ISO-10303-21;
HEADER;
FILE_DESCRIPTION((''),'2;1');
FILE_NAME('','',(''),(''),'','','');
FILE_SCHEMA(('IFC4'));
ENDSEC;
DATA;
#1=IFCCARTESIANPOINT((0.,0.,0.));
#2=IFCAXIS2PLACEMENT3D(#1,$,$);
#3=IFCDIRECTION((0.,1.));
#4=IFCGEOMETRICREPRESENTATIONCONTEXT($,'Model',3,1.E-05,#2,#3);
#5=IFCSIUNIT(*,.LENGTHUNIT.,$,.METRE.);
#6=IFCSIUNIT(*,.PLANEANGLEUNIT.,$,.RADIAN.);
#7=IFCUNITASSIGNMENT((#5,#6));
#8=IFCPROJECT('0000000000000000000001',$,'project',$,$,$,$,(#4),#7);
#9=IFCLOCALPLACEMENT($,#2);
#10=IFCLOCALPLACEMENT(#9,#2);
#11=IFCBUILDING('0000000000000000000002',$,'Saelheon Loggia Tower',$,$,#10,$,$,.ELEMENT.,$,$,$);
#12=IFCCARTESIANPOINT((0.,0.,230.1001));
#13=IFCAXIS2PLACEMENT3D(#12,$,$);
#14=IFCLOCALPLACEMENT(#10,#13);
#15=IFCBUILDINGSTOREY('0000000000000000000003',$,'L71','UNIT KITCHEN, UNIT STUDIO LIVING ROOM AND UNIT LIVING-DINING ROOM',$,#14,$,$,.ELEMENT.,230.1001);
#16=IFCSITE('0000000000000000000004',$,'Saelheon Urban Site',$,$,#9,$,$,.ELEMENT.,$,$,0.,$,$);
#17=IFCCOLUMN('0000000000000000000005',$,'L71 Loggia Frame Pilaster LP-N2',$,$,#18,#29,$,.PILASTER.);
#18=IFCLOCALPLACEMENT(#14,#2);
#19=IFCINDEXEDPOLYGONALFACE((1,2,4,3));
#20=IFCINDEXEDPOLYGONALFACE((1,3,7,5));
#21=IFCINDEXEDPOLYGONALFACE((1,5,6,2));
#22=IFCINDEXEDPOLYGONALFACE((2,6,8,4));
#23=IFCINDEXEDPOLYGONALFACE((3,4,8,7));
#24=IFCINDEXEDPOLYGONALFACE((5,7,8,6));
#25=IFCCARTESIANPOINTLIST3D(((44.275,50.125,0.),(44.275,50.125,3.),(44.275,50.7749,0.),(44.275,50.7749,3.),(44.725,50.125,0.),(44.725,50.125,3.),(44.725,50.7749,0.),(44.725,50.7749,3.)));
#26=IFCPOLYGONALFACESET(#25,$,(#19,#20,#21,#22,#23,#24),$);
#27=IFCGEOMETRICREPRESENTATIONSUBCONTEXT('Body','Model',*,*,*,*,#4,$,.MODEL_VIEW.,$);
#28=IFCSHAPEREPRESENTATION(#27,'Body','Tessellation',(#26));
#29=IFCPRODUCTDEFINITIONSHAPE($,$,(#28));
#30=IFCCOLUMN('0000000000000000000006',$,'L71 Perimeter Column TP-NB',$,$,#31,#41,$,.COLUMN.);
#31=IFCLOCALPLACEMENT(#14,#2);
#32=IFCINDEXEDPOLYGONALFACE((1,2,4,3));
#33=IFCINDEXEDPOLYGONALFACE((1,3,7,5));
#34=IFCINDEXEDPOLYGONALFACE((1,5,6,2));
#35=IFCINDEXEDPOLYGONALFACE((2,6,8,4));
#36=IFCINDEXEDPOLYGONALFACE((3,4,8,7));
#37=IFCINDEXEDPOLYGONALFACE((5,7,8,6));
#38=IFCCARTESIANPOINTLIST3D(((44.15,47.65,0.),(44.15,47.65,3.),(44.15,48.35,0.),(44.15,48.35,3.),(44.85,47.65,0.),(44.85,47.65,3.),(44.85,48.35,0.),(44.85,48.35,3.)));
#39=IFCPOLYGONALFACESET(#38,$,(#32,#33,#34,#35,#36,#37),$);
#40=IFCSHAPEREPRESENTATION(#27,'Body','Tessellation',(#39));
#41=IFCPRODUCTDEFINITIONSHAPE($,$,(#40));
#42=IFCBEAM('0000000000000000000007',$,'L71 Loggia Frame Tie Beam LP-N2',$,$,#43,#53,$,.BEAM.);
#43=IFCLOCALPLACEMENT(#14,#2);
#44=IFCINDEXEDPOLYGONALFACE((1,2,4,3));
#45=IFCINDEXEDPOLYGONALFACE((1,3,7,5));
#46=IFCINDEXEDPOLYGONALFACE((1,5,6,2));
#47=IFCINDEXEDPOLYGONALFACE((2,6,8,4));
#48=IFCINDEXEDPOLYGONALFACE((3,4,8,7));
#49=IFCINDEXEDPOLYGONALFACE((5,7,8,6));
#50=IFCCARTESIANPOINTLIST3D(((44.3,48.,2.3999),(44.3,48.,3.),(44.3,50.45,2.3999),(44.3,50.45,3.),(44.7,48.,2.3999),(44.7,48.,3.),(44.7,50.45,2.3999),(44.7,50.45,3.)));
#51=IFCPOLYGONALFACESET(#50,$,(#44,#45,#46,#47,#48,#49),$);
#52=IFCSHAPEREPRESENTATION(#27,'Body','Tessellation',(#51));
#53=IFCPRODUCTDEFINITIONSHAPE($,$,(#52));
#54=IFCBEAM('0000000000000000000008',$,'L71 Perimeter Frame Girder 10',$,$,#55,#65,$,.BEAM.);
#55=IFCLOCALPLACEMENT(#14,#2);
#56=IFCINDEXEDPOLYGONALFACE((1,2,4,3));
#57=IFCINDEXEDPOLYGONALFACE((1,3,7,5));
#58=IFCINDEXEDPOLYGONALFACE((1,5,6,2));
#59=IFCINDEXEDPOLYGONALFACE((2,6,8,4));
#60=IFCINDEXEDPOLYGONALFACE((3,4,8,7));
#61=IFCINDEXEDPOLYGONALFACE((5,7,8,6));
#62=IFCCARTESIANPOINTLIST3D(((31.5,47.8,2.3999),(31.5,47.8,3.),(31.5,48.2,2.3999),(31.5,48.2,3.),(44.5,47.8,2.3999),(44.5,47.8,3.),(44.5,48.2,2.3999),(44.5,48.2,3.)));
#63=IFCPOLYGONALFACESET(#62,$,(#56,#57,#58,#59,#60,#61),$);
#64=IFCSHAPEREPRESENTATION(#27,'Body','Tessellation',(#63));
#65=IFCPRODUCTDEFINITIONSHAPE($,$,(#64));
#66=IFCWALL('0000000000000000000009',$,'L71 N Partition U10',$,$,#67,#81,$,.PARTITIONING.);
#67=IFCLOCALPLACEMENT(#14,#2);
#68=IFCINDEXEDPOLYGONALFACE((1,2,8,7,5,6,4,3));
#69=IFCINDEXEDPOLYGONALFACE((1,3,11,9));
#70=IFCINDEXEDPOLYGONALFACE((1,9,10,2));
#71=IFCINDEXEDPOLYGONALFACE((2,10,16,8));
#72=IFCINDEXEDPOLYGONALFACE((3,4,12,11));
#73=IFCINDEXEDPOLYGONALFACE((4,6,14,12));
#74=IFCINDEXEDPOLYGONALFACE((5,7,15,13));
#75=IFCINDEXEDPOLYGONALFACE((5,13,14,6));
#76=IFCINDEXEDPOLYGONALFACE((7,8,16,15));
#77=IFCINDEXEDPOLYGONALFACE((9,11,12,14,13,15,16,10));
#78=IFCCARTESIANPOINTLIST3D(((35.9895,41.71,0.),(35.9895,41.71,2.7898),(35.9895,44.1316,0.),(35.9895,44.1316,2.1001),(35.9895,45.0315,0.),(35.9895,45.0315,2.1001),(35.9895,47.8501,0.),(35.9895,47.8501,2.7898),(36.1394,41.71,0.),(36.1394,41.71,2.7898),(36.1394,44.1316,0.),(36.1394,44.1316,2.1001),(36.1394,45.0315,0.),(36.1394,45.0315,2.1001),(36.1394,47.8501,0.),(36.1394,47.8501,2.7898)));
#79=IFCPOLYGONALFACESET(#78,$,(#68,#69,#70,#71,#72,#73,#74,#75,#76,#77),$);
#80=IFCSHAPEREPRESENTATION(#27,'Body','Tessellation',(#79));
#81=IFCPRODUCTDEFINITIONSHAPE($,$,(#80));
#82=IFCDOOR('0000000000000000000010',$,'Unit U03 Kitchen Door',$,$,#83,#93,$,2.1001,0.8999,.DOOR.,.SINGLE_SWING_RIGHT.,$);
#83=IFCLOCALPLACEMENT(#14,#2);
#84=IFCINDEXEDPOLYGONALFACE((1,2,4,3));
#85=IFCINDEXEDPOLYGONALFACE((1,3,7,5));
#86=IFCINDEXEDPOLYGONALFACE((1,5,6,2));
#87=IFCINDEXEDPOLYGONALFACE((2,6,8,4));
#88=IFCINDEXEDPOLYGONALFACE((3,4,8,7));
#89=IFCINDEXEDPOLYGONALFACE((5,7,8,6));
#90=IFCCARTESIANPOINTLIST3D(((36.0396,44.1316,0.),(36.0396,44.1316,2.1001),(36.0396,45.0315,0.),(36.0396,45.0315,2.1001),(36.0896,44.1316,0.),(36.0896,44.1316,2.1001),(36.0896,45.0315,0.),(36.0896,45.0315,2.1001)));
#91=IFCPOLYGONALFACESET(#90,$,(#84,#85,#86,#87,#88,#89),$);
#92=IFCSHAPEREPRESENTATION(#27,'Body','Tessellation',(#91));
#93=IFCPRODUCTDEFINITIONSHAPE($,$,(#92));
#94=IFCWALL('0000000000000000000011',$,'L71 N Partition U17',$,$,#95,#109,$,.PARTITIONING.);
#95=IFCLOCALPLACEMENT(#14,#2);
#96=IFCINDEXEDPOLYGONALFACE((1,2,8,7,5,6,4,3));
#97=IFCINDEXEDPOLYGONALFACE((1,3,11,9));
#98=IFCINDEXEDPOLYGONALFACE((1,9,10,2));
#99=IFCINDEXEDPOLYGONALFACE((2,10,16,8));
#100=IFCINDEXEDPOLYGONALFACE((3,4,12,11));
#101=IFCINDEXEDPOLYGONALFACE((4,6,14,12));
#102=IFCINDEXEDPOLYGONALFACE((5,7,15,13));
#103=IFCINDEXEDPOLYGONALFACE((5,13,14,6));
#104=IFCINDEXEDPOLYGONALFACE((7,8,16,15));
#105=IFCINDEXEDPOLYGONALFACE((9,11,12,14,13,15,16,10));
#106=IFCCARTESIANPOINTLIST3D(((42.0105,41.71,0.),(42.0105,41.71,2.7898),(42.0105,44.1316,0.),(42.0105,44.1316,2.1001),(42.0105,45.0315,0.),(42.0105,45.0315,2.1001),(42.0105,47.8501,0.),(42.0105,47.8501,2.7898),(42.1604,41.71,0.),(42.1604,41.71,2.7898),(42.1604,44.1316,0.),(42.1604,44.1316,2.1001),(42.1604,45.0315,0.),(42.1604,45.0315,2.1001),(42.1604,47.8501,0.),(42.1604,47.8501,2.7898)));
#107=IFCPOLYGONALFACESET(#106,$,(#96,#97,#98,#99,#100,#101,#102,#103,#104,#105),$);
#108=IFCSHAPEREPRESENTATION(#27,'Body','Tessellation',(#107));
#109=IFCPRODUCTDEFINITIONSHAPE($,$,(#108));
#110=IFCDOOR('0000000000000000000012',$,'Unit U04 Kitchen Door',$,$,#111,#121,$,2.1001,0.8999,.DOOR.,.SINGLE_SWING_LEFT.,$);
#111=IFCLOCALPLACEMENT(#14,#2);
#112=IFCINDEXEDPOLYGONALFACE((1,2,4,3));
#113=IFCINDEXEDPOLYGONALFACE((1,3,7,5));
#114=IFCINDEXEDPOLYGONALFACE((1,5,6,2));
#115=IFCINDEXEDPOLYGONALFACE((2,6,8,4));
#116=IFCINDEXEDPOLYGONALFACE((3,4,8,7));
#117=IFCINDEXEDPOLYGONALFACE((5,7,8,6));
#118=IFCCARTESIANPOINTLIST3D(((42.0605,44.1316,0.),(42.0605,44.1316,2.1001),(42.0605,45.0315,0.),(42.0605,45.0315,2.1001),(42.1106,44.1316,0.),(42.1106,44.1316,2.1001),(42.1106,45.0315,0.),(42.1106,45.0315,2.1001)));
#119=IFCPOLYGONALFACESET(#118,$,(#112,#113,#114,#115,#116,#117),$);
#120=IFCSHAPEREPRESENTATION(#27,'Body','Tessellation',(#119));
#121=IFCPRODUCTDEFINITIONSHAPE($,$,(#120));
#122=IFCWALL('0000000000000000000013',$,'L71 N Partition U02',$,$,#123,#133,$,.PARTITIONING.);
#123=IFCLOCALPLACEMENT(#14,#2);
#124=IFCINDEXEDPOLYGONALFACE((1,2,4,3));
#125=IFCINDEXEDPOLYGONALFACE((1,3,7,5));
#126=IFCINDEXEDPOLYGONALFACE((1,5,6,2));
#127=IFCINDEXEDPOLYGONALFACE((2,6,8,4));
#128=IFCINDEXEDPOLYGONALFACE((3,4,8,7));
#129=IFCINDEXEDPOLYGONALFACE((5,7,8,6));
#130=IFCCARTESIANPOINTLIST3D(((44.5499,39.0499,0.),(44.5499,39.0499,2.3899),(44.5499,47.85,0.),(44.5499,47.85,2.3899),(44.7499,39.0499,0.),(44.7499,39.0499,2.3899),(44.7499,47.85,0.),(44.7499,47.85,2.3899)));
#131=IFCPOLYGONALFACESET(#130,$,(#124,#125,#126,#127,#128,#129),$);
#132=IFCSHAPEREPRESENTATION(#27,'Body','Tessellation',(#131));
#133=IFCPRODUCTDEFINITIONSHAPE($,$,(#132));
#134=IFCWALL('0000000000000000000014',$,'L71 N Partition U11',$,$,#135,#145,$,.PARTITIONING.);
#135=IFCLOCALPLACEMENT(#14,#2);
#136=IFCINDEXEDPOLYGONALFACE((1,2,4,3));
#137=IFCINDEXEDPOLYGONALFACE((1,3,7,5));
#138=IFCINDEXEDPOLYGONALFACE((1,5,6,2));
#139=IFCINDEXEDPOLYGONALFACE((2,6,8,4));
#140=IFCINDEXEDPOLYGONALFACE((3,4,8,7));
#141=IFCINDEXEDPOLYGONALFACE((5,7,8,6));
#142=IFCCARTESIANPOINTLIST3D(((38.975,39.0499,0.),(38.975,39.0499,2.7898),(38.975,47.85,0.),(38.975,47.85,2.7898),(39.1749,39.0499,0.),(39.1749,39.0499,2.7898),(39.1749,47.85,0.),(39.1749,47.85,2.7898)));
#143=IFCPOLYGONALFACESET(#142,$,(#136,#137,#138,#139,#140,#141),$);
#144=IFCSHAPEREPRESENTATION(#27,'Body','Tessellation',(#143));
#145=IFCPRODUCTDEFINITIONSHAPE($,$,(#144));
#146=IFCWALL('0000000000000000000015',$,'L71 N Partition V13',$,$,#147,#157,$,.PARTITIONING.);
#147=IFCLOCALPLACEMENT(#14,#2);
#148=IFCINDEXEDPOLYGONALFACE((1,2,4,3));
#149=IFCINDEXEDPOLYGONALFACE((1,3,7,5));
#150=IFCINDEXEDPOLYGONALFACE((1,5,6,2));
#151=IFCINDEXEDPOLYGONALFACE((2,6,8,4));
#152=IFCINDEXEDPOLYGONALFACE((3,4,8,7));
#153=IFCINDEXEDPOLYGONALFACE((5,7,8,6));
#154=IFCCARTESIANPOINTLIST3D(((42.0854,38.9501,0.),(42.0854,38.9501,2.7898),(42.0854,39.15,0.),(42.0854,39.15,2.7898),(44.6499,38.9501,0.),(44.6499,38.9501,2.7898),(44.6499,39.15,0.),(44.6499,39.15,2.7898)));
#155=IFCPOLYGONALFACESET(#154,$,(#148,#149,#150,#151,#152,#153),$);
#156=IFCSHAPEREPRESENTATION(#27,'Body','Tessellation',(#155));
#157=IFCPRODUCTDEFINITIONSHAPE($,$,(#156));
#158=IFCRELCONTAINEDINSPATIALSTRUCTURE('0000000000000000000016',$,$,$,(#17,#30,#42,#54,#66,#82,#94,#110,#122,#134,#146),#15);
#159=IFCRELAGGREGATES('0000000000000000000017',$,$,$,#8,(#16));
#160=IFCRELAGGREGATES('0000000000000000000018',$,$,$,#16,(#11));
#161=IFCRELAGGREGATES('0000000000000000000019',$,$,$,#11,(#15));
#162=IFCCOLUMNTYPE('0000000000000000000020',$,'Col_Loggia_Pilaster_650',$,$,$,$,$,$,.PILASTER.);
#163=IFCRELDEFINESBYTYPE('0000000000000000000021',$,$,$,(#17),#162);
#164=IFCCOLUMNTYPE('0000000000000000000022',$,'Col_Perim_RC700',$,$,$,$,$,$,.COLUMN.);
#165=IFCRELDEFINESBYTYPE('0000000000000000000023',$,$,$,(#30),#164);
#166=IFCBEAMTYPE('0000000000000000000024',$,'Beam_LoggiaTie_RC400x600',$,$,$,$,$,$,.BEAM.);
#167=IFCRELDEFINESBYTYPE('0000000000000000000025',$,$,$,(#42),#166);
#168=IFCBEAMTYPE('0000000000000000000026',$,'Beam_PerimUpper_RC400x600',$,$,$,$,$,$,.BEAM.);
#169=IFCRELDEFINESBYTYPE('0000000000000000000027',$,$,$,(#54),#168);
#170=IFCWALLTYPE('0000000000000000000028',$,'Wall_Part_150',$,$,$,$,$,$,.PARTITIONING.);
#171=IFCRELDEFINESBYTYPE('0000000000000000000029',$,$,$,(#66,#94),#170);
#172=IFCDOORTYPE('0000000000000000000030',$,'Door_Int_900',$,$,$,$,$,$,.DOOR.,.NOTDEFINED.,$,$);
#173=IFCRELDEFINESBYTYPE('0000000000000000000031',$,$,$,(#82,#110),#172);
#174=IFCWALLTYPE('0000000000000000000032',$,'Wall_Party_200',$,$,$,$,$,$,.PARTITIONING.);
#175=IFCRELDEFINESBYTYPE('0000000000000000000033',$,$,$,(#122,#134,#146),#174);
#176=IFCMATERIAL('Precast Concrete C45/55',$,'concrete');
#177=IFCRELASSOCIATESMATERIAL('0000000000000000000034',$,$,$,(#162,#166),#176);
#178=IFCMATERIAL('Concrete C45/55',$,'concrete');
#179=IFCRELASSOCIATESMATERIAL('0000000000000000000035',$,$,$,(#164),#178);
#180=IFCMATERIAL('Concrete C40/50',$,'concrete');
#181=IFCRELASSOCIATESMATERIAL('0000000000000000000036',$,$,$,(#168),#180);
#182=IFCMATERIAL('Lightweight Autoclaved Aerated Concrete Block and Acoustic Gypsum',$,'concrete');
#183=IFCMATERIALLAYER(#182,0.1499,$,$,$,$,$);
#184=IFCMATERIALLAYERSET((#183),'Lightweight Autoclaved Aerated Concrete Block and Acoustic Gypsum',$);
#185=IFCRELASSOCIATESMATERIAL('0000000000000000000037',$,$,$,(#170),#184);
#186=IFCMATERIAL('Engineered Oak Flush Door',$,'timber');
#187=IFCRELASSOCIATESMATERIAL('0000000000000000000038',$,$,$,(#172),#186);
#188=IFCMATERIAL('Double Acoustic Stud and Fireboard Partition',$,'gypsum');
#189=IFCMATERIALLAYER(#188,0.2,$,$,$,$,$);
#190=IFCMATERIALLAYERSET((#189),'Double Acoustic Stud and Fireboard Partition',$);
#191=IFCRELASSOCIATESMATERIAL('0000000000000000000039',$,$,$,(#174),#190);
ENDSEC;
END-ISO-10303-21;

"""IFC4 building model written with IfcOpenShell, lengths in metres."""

from ifc_helpers import new_model, si_unit, direction, frame, frame_2d, origin, origin_2d, place, context, subcontext, project, spatial, rectangle, extrude, source, transform, mapped, material, layer, layer_set, material_profile, profile_set, type_object, element, fill, save


model = new_model("IFC4")

# Units and contexts
model_context = context("Model", 3, precision=1e-05, world=origin(), true_north=direction((0.0, 1.0)))
body_context = subcontext(model_context, "Body", "Model", "MODEL_VIEW")
ifc_project = project(units=[si_unit("LENGTHUNIT", "METRE"), si_unit("PLANEANGLEUNIT", "RADIAN")], contexts=[model_context])

# Site, building, storey
site_placement = place(None, origin())
site = spatial("IfcSite", under=ifc_project, at=site_placement, Name="Saelheon Urban Site", CompositionType="ELEMENT", RefElevation=0.0)
building_placement = place(site_placement, origin())
building = spatial("IfcBuilding", under=site, at=building_placement, Name="Saelheon Loggia Tower", CompositionType="ELEMENT")
storey_placement = place(building_placement, frame((0.0, 0.0, 230.1001)))
storey = spatial("IfcBuildingStorey", under=building, at=storey_placement, Name="L71", Description="UNIT KITCHEN, UNIT STUDIO LIVING ROOM AND UNIT LIVING-DINING ROOM", CompositionType="ELEMENT", Elevation=230.1001)

# Columns
ifc_material_1 = material(Name="Precast Concrete C45/55", Category="concrete")
ifc_material_profile_1 = material_profile(ifc_material_1, rectangle(XDim=0.45, YDim=0.6499, at=origin_2d()), Name="RC-450x650")
ifc_profile_set_1 = profile_set([ifc_material_profile_1], Name="Precast Concrete C45/55")
column_type_1 = type_object("IfcColumnType", Name="Col_Loggia_Pilaster_650", PredefinedType="PILASTER", material=ifc_profile_set_1)
shared_shape_1 = source(origin(), body_context, "Body", "SweptSolid", [
    extrude(rectangle(XDim=0.45, YDim=0.6499, at=origin_2d()), origin(), (0.0, 0.0, 1.0), 3.0),
])
column_1_placement = place(storey_placement, frame((44.5, 50.45, 0.0), z_axis=(0.0, 0.0, 1.0), x_axis=(1.0, 0.0, 0.0)))
element("IfcColumn", 1, at=column_1_placement, inside=storey, type_object=column_type_1, Name="L71 Loggia Frame Pilaster LP-N2", PredefinedType="PILASTER", context=body_context, shape_type="MappedRepresentation", body=[
    mapped(shared_shape_1, transform((0.0, 0.0, 0.0), scale=1.0)),
])
ifc_material_2 = material(Name="Concrete C45/55", Category="concrete")
ifc_material_profile_2 = material_profile(ifc_material_2, rectangle(XDim=0.7, YDim=0.7, at=origin_2d()), Name="RC-700x700")
ifc_profile_set_2 = profile_set([ifc_material_profile_2], Name="Concrete C45/55")
column_type_2 = type_object("IfcColumnType", Name="Col_Perim_RC700", PredefinedType="COLUMN", material=ifc_profile_set_2)
shared_shape_2 = source(origin(), body_context, "Body", "SweptSolid", [
    extrude(rectangle(XDim=0.7, YDim=0.7, at=origin_2d()), origin(), (0.0, 0.0, 1.0), 3.0),
])
column_2_placement = place(storey_placement, frame((44.5, 48.0, 0.0), z_axis=(0.0, 0.0, 1.0), x_axis=(1.0, 0.0, 0.0)))
element("IfcColumn", 2, at=column_2_placement, inside=storey, type_object=column_type_2, Name="L71 Perimeter Column TP-NB", PredefinedType="COLUMN", context=body_context, shape_type="MappedRepresentation", body=[
    mapped(shared_shape_2, transform((0.0, 0.0, 0.0), scale=1.0)),
])

# Beams
ifc_material_profile_3 = material_profile(ifc_material_1, rectangle(XDim=0.3999, YDim=0.6001, at=origin_2d()), Name="RC-400x600")
ifc_profile_set_3 = profile_set([ifc_material_profile_3], Name="Precast Concrete C45/55")
beam_type_1 = type_object("IfcBeamType", Name="Beam_LoggiaTie_RC400x600", PredefinedType="BEAM", material=ifc_profile_set_3)
shared_shape_3 = source(origin(), body_context, "Body", "SweptSolid", [
    extrude(rectangle(XDim=0.3999, YDim=0.6001, at=origin_2d()), origin(), (0.0, 0.0, 1.0), 2.45),
])
beam_1_placement = place(storey_placement, frame((44.5, 48.0, 2.7), z_axis=(0.0, 1.0, 0.0), x_axis=(-1.0, 0.0, 0.0)))
element("IfcBeam", 3, at=beam_1_placement, inside=storey, type_object=beam_type_1, Name="L71 Loggia Frame Tie Beam LP-N2", PredefinedType="BEAM", context=body_context, shape_type="MappedRepresentation", body=[
    mapped(shared_shape_3, transform((0.0, 0.0, 0.0), scale=1.0)),
])
ifc_material_3 = material(Name="Concrete C40/50", Category="concrete")
ifc_material_profile_4 = material_profile(ifc_material_3, rectangle(XDim=0.3999, YDim=0.6001, at=origin_2d()), Name="RC-400x600")
ifc_profile_set_4 = profile_set([ifc_material_profile_4], Name="Concrete C40/50")
beam_type_2 = type_object("IfcBeamType", Name="Beam_PerimUpper_RC400x600", PredefinedType="BEAM", material=ifc_profile_set_4)
shared_shape_4 = source(origin(), body_context, "Body", "SweptSolid", [
    extrude(rectangle(XDim=0.3999, YDim=0.6001, at=origin_2d()), origin(), (0.0, 0.0, 1.0), 13.0),
])
beam_2_placement = place(storey_placement, frame((44.5, 48.0, 2.7), z_axis=(-1.0, 0.0, 0.0), x_axis=(0.0, -1.0, 0.0)))
element("IfcBeam", 4, at=beam_2_placement, inside=storey, type_object=beam_type_2, Name="L71 Perimeter Frame Girder 10", PredefinedType="BEAM", context=body_context, shape_type="MappedRepresentation", body=[
    mapped(shared_shape_4, transform((0.0, 0.0, 0.0), scale=1.0)),
])

# Walls, openings, doors
ifc_material_4 = material(Name="Lightweight Autoclaved Aerated Concrete Block and Acoustic Gypsum", Category="concrete")
ifc_layer_1 = layer(ifc_material_4, 0.1499)
ifc_layer_set_1 = layer_set([ifc_layer_1], Name="Lightweight Autoclaved Aerated Concrete Block and Acoustic Gypsum")
wall_type_1 = type_object("IfcWallType", Name="Wall_Part_150", PredefinedType="PARTITIONING", material=ifc_layer_set_1)
wall_1_placement = place(storey_placement, frame((36.0645, 41.71, 0.0), z_axis=(0.0, 0.0, 1.0), x_axis=(0.0, 1.0, 0.0)))
wall_1 = element("IfcWall", 5, at=wall_1_placement, inside=storey, type_object=wall_type_1, Name="L71 N Partition U10", PredefinedType="PARTITIONING", context=body_context, shape_type="SweptSolid", body=[
    extrude(rectangle(XDim=6.1401, YDim=0.1499, at=frame_2d((3.0701, 0.0))), origin(), (0.0, 0.0, 1.0), 2.7898),
])
opening_1_placement = place(wall_1_placement, frame((2.4216, 0.0, 0.0)))
opening_1 = element("IfcOpeningElement", 6, at=opening_1_placement, cuts=wall_1, PredefinedType="OPENING", context=body_context, shape_type="SweptSolid", body=[
    extrude(rectangle(XDim=0.8999, YDim=2.1001, at=frame_2d((0.45, 1.05))), frame((0.0, 0.0869, 0.0), z_axis=(0.0, -1.0, 0.0), x_axis=(1.0, 0.0, 0.0)), (0.0, 0.0, 1.0), 0.1738),
])
ifc_material_5 = material(Name="Engineered Oak Flush Door", Category="timber")
door_type_1 = type_object("IfcDoorType", Name="Door_Int_900", OperationType="NOTDEFINED", PredefinedType="DOOR", material=ifc_material_5)
shared_shape_5 = source(origin(), body_context, "Body", "SweptSolid", [
    extrude(rectangle(XDim=0.8999, YDim=2.1001, at=frame_2d((0.45, 1.05))), frame((0.0, 0.0249, 0.0), z_axis=(0.0, -1.0, 0.0), x_axis=(1.0, 0.0, 0.0)), (0.0, 0.0, 1.0), 0.05),
])
door_1_placement = place(opening_1_placement, origin())
door_1 = element("IfcDoor", 7, at=door_1_placement, inside=storey, type_object=door_type_1, Name="Unit U03 Kitchen Door", OperationType="SINGLE_SWING_RIGHT", OverallHeight=2.1001, OverallWidth=0.8999, PredefinedType="DOOR", context=body_context, shape_type="MappedRepresentation", body=[
    mapped(shared_shape_5, transform((0.0, 0.0, 0.0), scale=1.0)),
])
fill(opening_1, door_1)
wall_2_placement = place(storey_placement, frame((42.0854, 41.71, 0.0), z_axis=(0.0, 0.0, 1.0), x_axis=(0.0, 1.0, 0.0)))
wall_2 = element("IfcWall", 8, at=wall_2_placement, inside=storey, type_object=wall_type_1, Name="L71 N Partition U17", PredefinedType="PARTITIONING", context=body_context, shape_type="SweptSolid", body=[
    extrude(rectangle(XDim=6.1401, YDim=0.1499, at=frame_2d((3.0701, 0.0))), origin(), (0.0, 0.0, 1.0), 2.7898),
])
opening_2_placement = place(wall_2_placement, frame((2.4216, 0.0, 0.0)))
opening_2 = element("IfcOpeningElement", 9, at=opening_2_placement, cuts=wall_2, PredefinedType="OPENING", context=body_context, shape_type="SweptSolid", body=[
    extrude(rectangle(XDim=0.8999, YDim=2.1001, at=frame_2d((0.45, 1.05))), frame((0.0, 0.0869, 0.0), z_axis=(0.0, -1.0, 0.0), x_axis=(1.0, 0.0, 0.0)), (0.0, 0.0, 1.0), 0.1738),
])
door_2_placement = place(opening_2_placement, origin())
door_2 = element("IfcDoor", 10, at=door_2_placement, inside=storey, type_object=door_type_1, Name="Unit U04 Kitchen Door", OperationType="SINGLE_SWING_LEFT", OverallHeight=2.1001, OverallWidth=0.8999, PredefinedType="DOOR", context=body_context, shape_type="MappedRepresentation", body=[
    mapped(shared_shape_5, transform((0.0, 0.0, 0.0), scale=1.0)),
])
fill(opening_2, door_2)

# Wall
ifc_material_6 = material(Name="Double Acoustic Stud and Fireboard Partition", Category="gypsum")
ifc_layer_2 = layer(ifc_material_6, 0.2)
ifc_layer_set_2 = layer_set([ifc_layer_2], Name="Double Acoustic Stud and Fireboard Partition")
wall_type_2 = type_object("IfcWallType", Name="Wall_Party_200", PredefinedType="PARTITIONING", material=ifc_layer_set_2)
wall_3_placement = place(storey_placement, frame((44.6499, 39.05, 0.0), z_axis=(0.0, 0.0, 1.0), x_axis=(0.0, 1.0, 0.0)))
element("IfcWall", 11, at=wall_3_placement, inside=storey, type_object=wall_type_2, Name="L71 N Partition U02", PredefinedType="PARTITIONING", context=body_context, shape_type="SweptSolid", body=[
    extrude(rectangle(XDim=8.8, YDim=0.2, at=frame_2d((4.3999, 0.0))), origin(), (0.0, 0.0, 1.0), 2.3899),
])

# Wall
wall_4_placement = place(storey_placement, frame((39.075, 39.05, 0.0), z_axis=(0.0, 0.0, 1.0), x_axis=(0.0, 1.0, 0.0)))
element("IfcWall", 12, at=wall_4_placement, inside=storey, type_object=wall_type_2, Name="L71 N Partition U11", PredefinedType="PARTITIONING", context=body_context, shape_type="SweptSolid", body=[
    extrude(rectangle(XDim=8.8, YDim=0.2, at=frame_2d((4.3999, 0.0))), origin(), (0.0, 0.0, 1.0), 2.7898),
])

# Wall
wall_5_placement = place(storey_placement, frame((42.0854, 39.05, 0.0), z_axis=(0.0, 0.0, 1.0), x_axis=(1.0, 0.0, 0.0)))
element("IfcWall", 13, at=wall_5_placement, inside=storey, type_object=wall_type_2, Name="L71 N Partition V13", PredefinedType="PARTITIONING", context=body_context, shape_type="SweptSolid", body=[
    extrude(rectangle(XDim=2.5645, YDim=0.2, at=frame_2d((1.2822, 0.0))), origin(), (0.0, 0.0, 1.0), 2.7898),
])

save(model, "model.ifc")
